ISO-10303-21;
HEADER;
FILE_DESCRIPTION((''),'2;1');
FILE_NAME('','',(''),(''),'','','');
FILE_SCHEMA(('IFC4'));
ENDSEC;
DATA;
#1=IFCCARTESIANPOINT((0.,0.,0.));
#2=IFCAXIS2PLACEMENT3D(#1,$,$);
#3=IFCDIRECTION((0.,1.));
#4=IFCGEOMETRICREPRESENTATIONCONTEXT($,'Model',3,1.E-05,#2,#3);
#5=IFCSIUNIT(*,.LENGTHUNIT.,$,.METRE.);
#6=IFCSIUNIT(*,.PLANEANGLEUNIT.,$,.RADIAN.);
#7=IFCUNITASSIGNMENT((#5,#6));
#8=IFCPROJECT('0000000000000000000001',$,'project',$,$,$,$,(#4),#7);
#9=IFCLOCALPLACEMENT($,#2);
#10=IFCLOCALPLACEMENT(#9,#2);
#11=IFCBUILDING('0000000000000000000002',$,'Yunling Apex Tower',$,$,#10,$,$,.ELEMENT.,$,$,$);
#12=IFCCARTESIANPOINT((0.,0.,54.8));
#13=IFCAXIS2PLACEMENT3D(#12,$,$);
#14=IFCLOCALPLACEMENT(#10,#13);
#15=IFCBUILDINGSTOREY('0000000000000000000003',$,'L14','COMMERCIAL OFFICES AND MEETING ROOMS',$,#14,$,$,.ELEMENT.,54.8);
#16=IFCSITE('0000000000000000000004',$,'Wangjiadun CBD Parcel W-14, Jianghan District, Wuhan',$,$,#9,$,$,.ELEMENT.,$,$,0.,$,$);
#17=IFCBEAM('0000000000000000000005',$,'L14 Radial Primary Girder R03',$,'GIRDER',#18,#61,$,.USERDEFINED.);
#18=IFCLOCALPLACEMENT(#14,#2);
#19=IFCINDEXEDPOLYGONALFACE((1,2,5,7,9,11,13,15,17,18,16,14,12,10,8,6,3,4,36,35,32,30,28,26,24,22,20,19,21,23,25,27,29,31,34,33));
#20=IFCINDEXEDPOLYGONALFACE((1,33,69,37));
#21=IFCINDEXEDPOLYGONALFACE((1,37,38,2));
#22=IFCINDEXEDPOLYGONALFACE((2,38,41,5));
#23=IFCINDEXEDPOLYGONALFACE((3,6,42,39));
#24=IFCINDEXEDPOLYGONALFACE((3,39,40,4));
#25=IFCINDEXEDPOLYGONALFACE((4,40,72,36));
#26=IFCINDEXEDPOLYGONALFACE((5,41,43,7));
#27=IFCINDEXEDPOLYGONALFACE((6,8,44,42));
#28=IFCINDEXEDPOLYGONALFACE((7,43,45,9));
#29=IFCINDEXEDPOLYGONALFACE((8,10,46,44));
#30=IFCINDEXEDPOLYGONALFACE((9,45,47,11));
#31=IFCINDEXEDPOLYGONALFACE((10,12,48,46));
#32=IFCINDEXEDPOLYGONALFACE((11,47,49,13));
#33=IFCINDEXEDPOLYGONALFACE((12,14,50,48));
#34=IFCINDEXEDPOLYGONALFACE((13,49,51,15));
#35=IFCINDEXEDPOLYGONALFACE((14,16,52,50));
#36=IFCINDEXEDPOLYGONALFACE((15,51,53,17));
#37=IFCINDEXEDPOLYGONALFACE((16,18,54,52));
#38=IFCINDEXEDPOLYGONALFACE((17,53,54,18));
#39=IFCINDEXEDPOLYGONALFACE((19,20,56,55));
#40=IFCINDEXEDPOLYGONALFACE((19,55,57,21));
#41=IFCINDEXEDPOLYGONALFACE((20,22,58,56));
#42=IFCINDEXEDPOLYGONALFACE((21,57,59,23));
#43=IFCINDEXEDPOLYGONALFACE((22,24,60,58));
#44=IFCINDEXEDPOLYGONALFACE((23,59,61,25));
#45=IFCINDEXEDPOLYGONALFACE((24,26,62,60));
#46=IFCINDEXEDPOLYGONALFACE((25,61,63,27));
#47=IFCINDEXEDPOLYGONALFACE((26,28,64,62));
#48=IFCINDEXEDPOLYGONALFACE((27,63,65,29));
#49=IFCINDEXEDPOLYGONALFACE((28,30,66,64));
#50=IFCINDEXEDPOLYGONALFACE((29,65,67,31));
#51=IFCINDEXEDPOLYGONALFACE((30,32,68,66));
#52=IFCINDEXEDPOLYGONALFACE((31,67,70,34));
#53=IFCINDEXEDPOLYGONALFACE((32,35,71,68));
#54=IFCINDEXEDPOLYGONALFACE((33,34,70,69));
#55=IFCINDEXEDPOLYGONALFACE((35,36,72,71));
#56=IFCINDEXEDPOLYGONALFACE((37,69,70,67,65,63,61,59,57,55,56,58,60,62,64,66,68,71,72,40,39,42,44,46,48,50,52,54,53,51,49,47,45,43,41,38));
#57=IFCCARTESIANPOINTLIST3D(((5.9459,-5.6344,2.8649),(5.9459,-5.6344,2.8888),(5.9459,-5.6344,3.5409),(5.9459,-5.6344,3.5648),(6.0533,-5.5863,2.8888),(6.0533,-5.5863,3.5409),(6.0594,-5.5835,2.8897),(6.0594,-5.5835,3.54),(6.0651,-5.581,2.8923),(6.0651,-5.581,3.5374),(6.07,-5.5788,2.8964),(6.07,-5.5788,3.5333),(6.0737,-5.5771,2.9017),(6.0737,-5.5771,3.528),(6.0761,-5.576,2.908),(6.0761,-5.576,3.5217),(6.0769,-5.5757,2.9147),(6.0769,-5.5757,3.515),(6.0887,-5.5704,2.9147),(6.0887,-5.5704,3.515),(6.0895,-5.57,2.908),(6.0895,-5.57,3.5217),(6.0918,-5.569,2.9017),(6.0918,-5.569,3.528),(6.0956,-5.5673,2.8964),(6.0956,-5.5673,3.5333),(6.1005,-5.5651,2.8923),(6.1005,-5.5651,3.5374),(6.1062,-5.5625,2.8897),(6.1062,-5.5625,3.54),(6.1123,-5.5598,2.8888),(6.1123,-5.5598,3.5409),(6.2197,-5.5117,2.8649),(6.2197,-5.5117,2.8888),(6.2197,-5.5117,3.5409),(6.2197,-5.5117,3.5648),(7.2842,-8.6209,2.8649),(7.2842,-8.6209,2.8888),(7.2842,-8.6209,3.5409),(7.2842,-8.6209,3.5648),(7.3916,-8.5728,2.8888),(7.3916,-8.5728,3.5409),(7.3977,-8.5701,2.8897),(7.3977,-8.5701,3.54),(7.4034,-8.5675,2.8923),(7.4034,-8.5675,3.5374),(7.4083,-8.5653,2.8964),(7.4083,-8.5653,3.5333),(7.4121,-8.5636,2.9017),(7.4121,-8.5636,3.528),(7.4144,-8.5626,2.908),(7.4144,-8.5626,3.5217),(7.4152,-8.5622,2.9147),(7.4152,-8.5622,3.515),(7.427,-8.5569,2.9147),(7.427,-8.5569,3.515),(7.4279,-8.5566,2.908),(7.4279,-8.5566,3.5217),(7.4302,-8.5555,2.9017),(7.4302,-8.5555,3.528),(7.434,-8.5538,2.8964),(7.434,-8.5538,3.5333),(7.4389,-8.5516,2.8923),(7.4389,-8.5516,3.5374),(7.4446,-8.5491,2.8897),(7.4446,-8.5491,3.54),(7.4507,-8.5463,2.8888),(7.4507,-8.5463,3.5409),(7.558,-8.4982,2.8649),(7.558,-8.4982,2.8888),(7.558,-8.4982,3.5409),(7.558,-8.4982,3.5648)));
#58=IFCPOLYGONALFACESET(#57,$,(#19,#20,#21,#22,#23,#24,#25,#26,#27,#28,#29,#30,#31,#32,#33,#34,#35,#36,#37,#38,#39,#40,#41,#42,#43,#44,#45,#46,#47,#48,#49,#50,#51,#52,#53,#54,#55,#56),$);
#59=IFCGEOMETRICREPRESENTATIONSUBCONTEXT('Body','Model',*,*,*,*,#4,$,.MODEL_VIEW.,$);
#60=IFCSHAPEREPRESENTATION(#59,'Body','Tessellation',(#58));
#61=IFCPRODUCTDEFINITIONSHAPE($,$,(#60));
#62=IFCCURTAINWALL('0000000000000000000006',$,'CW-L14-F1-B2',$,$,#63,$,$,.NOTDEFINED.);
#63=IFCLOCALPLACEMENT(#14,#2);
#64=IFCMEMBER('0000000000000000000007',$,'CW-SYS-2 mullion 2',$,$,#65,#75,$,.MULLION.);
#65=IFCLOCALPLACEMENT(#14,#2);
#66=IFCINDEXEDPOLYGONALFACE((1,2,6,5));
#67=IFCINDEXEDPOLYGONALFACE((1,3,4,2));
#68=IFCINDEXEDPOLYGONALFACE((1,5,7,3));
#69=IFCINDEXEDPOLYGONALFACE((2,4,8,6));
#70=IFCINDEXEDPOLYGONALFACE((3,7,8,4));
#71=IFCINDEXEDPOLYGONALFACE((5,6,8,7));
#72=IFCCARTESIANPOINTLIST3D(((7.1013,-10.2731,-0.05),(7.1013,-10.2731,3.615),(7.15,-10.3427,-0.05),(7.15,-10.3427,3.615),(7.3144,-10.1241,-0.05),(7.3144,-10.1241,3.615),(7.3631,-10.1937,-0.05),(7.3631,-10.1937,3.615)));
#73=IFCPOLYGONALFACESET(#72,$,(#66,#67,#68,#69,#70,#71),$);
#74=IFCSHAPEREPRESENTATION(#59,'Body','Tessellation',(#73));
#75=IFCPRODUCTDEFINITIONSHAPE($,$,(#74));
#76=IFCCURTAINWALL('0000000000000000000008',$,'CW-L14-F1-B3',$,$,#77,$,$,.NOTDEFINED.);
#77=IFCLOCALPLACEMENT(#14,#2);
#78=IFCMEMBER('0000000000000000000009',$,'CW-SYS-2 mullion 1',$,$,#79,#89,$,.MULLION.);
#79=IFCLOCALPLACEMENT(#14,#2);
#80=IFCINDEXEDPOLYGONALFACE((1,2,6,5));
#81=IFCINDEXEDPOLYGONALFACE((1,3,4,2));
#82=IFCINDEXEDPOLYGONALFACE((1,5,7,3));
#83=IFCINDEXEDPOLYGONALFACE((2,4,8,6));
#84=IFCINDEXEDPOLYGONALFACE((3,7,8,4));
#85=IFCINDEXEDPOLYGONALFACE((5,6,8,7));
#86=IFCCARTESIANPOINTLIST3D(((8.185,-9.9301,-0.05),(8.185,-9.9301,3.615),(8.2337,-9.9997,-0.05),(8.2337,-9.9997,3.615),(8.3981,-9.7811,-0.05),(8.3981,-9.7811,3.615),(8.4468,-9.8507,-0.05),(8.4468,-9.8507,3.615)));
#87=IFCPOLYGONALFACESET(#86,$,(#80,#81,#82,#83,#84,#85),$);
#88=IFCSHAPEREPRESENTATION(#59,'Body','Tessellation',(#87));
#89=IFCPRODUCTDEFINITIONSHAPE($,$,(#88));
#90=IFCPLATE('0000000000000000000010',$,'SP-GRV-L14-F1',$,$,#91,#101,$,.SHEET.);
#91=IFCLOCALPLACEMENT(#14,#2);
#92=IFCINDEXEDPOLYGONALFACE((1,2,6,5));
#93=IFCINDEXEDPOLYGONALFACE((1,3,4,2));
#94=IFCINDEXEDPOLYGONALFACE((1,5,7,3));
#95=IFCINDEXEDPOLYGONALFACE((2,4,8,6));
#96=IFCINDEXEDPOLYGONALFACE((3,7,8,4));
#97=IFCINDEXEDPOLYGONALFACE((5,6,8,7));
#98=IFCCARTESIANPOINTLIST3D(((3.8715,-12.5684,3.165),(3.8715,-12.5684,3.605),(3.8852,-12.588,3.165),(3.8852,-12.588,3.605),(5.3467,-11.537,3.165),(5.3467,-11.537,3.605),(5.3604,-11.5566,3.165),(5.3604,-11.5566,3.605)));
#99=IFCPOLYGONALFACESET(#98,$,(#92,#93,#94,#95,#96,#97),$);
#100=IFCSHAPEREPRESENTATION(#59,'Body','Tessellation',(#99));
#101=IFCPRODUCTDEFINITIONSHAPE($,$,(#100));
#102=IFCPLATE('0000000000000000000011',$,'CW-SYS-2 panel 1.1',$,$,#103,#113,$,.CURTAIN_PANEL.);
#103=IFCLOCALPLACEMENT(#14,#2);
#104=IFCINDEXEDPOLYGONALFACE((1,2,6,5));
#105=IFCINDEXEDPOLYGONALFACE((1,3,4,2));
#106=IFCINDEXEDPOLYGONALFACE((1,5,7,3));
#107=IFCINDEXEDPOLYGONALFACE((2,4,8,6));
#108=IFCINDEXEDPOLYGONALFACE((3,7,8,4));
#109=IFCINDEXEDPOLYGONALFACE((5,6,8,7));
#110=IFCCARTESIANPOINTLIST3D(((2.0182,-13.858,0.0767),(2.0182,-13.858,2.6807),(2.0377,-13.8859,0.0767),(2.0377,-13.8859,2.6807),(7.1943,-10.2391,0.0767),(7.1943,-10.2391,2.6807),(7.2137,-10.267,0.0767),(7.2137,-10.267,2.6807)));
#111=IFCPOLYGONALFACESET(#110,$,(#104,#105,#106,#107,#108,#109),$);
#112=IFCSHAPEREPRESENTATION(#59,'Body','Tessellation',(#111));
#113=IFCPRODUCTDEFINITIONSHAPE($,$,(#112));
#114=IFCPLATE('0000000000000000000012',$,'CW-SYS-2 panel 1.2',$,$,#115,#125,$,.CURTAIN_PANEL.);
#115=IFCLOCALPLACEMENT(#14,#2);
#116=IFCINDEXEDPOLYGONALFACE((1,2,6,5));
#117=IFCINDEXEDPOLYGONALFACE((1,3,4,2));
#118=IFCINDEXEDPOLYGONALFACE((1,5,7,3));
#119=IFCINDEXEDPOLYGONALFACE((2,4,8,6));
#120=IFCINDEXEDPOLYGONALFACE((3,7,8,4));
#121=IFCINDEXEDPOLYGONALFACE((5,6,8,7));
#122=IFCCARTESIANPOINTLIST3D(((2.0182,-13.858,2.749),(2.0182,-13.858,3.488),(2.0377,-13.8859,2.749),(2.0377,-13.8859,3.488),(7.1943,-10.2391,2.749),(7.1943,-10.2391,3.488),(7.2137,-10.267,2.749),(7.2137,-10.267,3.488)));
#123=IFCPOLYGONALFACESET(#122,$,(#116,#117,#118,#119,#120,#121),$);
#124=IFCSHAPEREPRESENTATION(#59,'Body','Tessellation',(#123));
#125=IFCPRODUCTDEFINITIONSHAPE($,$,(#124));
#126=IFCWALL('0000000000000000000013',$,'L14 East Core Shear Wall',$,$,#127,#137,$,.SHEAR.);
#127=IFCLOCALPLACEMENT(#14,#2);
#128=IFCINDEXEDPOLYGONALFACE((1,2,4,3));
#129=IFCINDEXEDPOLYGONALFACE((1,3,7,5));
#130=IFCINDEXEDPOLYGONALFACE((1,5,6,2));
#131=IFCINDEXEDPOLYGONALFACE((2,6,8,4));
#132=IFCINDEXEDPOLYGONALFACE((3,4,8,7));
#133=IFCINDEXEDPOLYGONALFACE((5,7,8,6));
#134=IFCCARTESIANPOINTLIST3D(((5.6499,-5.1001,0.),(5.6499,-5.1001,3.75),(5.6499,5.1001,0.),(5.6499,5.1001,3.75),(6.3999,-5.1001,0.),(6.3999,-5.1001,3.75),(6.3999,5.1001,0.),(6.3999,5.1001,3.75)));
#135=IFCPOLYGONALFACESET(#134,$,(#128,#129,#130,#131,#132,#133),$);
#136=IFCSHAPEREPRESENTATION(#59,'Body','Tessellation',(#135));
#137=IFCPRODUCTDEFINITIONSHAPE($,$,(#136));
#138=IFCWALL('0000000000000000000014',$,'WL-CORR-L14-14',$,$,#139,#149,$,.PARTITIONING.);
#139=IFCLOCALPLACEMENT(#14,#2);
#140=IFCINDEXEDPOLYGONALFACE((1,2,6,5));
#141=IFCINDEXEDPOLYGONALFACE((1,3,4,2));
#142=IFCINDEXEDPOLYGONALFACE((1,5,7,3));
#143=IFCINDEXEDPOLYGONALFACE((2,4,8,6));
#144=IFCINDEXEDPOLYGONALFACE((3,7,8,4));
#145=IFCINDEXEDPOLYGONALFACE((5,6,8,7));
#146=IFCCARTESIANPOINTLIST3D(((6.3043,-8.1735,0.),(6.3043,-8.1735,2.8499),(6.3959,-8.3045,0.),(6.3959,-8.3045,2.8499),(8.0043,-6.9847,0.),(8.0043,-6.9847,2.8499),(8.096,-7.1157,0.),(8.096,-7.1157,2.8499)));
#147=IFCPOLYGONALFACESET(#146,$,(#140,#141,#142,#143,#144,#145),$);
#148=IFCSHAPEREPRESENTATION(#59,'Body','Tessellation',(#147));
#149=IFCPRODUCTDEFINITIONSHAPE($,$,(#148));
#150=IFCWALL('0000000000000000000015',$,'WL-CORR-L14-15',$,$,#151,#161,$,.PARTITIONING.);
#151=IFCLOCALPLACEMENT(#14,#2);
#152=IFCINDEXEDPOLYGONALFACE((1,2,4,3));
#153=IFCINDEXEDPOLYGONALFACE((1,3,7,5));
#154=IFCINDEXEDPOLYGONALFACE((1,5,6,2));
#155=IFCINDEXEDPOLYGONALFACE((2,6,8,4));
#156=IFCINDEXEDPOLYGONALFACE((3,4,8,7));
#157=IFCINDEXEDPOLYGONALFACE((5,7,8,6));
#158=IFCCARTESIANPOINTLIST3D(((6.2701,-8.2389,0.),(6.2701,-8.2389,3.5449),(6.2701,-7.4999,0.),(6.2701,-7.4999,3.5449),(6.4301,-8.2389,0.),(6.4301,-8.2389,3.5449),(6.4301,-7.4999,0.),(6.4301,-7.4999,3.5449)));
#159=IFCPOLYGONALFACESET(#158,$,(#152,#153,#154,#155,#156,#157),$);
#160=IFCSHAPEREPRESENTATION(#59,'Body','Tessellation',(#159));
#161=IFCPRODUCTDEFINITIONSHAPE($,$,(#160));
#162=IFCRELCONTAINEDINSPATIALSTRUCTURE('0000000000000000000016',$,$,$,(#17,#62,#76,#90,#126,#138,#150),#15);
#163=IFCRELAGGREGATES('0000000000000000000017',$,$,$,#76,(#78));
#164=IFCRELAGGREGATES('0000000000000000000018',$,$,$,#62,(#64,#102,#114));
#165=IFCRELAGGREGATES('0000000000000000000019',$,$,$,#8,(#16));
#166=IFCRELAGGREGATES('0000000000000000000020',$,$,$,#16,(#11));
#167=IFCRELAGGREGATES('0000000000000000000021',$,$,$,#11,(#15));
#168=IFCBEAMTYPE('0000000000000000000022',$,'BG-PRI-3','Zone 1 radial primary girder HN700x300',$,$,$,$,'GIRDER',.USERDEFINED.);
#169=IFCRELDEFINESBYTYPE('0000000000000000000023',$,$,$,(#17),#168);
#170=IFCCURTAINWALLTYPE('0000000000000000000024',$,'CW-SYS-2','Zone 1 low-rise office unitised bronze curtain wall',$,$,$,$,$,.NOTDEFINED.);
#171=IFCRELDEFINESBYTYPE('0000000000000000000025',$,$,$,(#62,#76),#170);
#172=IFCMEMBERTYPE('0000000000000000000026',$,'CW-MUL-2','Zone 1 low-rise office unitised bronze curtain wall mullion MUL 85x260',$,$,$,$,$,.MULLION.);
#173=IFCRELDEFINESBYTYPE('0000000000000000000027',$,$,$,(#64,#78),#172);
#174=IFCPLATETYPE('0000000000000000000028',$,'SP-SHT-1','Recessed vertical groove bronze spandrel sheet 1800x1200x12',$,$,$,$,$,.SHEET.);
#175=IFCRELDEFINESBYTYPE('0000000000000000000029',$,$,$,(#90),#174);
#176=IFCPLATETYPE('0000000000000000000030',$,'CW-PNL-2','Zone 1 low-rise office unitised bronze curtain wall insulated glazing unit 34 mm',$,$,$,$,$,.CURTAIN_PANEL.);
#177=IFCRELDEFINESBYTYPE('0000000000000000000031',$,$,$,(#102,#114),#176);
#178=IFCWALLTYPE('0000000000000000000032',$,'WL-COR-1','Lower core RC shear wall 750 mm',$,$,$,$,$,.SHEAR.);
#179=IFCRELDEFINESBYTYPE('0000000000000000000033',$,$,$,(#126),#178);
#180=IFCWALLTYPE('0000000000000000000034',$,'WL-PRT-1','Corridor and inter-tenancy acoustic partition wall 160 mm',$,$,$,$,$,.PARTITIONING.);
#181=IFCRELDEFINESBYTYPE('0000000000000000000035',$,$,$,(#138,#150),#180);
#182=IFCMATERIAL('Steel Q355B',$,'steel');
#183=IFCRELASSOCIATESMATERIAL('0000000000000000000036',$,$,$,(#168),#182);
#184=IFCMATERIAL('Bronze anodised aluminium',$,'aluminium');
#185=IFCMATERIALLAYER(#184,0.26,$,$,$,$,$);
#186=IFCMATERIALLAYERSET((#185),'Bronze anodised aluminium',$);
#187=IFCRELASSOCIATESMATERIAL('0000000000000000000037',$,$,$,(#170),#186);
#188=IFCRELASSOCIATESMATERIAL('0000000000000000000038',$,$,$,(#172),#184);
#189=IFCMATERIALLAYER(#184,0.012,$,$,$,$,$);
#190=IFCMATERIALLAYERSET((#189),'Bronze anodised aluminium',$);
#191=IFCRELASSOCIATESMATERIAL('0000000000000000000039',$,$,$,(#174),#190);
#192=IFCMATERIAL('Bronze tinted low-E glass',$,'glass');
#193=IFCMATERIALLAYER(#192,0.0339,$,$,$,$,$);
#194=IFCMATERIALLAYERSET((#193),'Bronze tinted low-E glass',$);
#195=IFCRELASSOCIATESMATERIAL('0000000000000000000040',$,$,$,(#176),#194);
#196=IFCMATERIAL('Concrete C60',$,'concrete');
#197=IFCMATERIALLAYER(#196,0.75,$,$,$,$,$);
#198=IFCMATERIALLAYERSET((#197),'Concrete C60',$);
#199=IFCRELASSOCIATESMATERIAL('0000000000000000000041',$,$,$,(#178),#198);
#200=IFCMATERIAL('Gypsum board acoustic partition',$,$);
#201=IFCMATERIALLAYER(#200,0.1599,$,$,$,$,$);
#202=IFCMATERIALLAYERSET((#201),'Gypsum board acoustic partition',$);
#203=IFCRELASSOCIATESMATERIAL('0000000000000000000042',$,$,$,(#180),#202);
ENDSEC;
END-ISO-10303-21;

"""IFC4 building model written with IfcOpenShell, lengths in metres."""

from ifc_helpers import new_model, si_unit, direction, frame, frame_2d, origin, origin_2d, place, context, subcontext, project, spatial, rectangle, i_section, extrude, source, transform, mapped, material, layer, layer_set, material_profile, profile_set, type_object, element, aggregate, save


model = new_model("IFC4")

# Units and contexts
model_context = context("Model", 3, precision=1e-05, world=origin(), true_north=direction((0.0, 1.0)))
body_context = subcontext(model_context, "Body", "Model", "MODEL_VIEW")
ifc_project = project(units=[si_unit("LENGTHUNIT", "METRE"), si_unit("PLANEANGLEUNIT", "RADIAN")], contexts=[model_context])

# Site, building, storey
site_placement = place(None, origin())
site = spatial("IfcSite", under=ifc_project, at=site_placement, Name="Wangjiadun CBD Parcel W-14, Jianghan District, Wuhan", CompositionType="ELEMENT", RefElevation=0.0)
building_placement = place(site_placement, origin())
building = spatial("IfcBuilding", under=site, at=building_placement, Name="Yunling Apex Tower", CompositionType="ELEMENT")
storey_placement = place(building_placement, frame((0.0, 0.0, 54.8)))
storey = spatial("IfcBuildingStorey", under=building, at=storey_placement, Name="L14", Description="COMMERCIAL OFFICES AND MEETING ROOMS", CompositionType="ELEMENT", Elevation=54.8)

# Shared definitions
ifc_material_1 = material(Name="Concrete C60", Category="concrete")

# Beam
ifc_material_2 = material(Name="Steel Q355B", Category="steel")
ifc_material_profile_1 = material_profile(ifc_material_2, i_section(OverallWidth=0.3, OverallDepth=0.7, WebThickness=0.0129, FlangeThickness=0.0239, FilletRadius=0.0259, at=origin_2d()))
ifc_profile_set_1 = profile_set([ifc_material_profile_1], Name="Steel Q355B")
beam_type = type_object("IfcBeamType", Name="BG-PRI-3", Description="Zone 1 radial primary girder HN700x300", ElementType="GIRDER", PredefinedType="USERDEFINED", material=ifc_profile_set_1)
shared_shape_1 = source(origin(), body_context, "Body", "SweptSolid", [
    extrude(i_section(OverallWidth=0.3, OverallDepth=0.7, WebThickness=0.0129, FlangeThickness=0.0239, FilletRadius=0.0259, at=origin_2d()), origin(), (0.0, 0.0, 1.0), 3.2727),
])
beam_1_placement = place(storey_placement, frame((7.4211, -8.5596, 3.2148), z_axis=(-0.408947, 0.912558, 0.0), x_axis=(-0.912558, -0.408947, 0.0)))
element("IfcBeam", 1, at=beam_1_placement, inside=storey, type_object=beam_type, Name="L14 Radial Primary Girder R03", ObjectType="GIRDER", PredefinedType="USERDEFINED", context=body_context, shape_type="MappedRepresentation", body=[
    mapped(shared_shape_1, transform((0.0, 0.0, 0.0), scale=1.0)),
])

# Curtain walls, members
ifc_material_3 = material(Name="Bronze anodised aluminium", Category="aluminium")
ifc_layer_1 = layer(ifc_material_3, 0.26)
ifc_layer_set_1 = layer_set([ifc_layer_1], Name="Bronze anodised aluminium")
curtain_wall_type = type_object("IfcCurtainWallType", Name="CW-SYS-2", Description="Zone 1 low-rise office unitised bronze curtain wall", PredefinedType="NOTDEFINED", material=ifc_layer_set_1)
curtain_wall_1_placement = place(storey_placement, origin())
curtain_wall_1 = element("IfcCurtainWall", 2, at=curtain_wall_1_placement, inside=storey, type_object=curtain_wall_type, Name="CW-L14-F1-B2", PredefinedType="NOTDEFINED")
ifc_material_profile_2 = material_profile(ifc_material_3, rectangle(XDim=0.085, YDim=0.26, at=origin_2d()))
ifc_profile_set_2 = profile_set([ifc_material_profile_2], Name="Bronze anodised aluminium")
member_type = type_object("IfcMemberType", Name="CW-MUL-2", Description="Zone 1 low-rise office unitised bronze curtain wall mullion MUL 85x260", PredefinedType="MULLION", material=ifc_profile_set_2)
shared_shape_2 = source(origin(), body_context, "Body", "SweptSolid", [
    extrude(rectangle(XDim=0.085, YDim=0.26, at=origin_2d()), origin(), (0.0, 0.0, 1.0), 3.665),
])
member_1_placement = place(storey_placement, frame((7.2322, -10.2334, -0.05), z_axis=(0.0, 0.0, 1.0), x_axis=(-0.573003, 0.819553, 0.0)))
member_1 = element("IfcMember", 3, at=member_1_placement, type_object=member_type, Name="CW-SYS-2 mullion 2", PredefinedType="MULLION", context=body_context, shape_type="MappedRepresentation", body=[
    mapped(shared_shape_2, transform((0.0, 0.0, 0.0), scale=1.0)),
])
curtain_wall_2_placement = place(storey_placement, origin())
curtain_wall_2 = element("IfcCurtainWall", 4, at=curtain_wall_2_placement, inside=storey, type_object=curtain_wall_type, Name="CW-L14-F1-B3", PredefinedType="NOTDEFINED")
member_2_placement = place(storey_placement, frame((8.3159, -9.8904, -0.05), z_axis=(0.0, 0.0, 1.0), x_axis=(-0.572996, 0.819558, 0.0)))
member_2 = element("IfcMember", 5, at=member_2_placement, type_object=member_type, Name="CW-SYS-2 mullion 1", PredefinedType="MULLION", context=body_context, shape_type="MappedRepresentation", body=[
    mapped(shared_shape_2, transform((0.0, 0.0, 0.0), scale=1.0)),
])
aggregate(curtain_wall_2, [member_2])

# Plates
ifc_layer_2 = layer(ifc_material_3, 0.012)
ifc_layer_set_2 = layer_set([ifc_layer_2], Name="Bronze anodised aluminium")
plate_type_1 = type_object("IfcPlateType", Name="SP-SHT-1", Description="Recessed vertical groove bronze spandrel sheet 1800x1200x12", PredefinedType="SHEET", material=ifc_layer_set_2)
shared_shape_3 = source(origin(), body_context, "Body", "SweptSolid", [
    extrude(rectangle(XDim=1.8, YDim=0.0239, at=origin_2d()), origin(), (0.0, 0.0, 1.0), 0.4399),
])
plate_1_placement = place(storey_placement, frame((4.616, -12.0625, 3.165), z_axis=(0.0, 0.0, 1.0), x_axis=(0.819552, 0.573004, 0.0)))
element("IfcPlate", 6, at=plate_1_placement, inside=storey, type_object=plate_type_1, Name="SP-GRV-L14-F1", PredefinedType="SHEET", context=body_context, shape_type="MappedRepresentation", body=[
    mapped(shared_shape_3, transform((0.0, 0.0, 0.0), scale=1.0)),
])
ifc_material_4 = material(Name="Bronze tinted low-E glass", Category="glass")
ifc_layer_3 = layer(ifc_material_4, 0.0339)
ifc_layer_set_3 = layer_set([ifc_layer_3], Name="Bronze tinted low-E glass")
plate_type_2 = type_object("IfcPlateType", Name="CW-PNL-2", Description="Zone 1 low-rise office unitised bronze curtain wall insulated glazing unit 34 mm", PredefinedType="CURTAIN_PANEL", material=ifc_layer_set_3)
shared_shape_4 = source(origin(), body_context, "Body", "SweptSolid", [
    extrude(rectangle(XDim=6.3157, YDim=0.0339, at=origin_2d()), origin(), (0.0, 0.0, 1.0), 2.604),
])
plate_2_placement = place(storey_placement, frame((4.616, -12.0625, 0.0767), z_axis=(0.0, 0.0, 1.0), x_axis=(0.819553, 0.573003, 0.0)))
plate_2 = element("IfcPlate", 7, at=plate_2_placement, type_object=plate_type_2, Name="CW-SYS-2 panel 1.1", PredefinedType="CURTAIN_PANEL", context=body_context, shape_type="MappedRepresentation", body=[
    mapped(shared_shape_4, transform((0.0, 0.0, 0.0), scale=1.0)),
])
shared_shape_5 = source(origin(), body_context, "Body", "SweptSolid", [
    extrude(rectangle(XDim=6.3157, YDim=0.0339, at=origin_2d()), origin(), (0.0, 0.0, 1.0), 0.739),
])
plate_3_placement = place(storey_placement, frame((4.616, -12.0625, 2.749), z_axis=(0.0, 0.0, 1.0), x_axis=(0.819553, 0.573003, 0.0)))
plate_3 = element("IfcPlate", 8, at=plate_3_placement, type_object=plate_type_2, Name="CW-SYS-2 panel 1.2", PredefinedType="CURTAIN_PANEL", context=body_context, shape_type="MappedRepresentation", body=[
    mapped(shared_shape_5, transform((0.0, 0.0, 0.0), scale=1.0)),
])
aggregate(curtain_wall_1, [member_1, plate_2, plate_3])

# Walls
ifc_layer_4 = layer(ifc_material_1, 0.75)
ifc_layer_set_4 = layer_set([ifc_layer_4], Name="Concrete C60")
wall_type_1 = type_object("IfcWallType", Name="WL-COR-1", Description="Lower core RC shear wall 750 mm", PredefinedType="SHEAR", material=ifc_layer_set_4)
wall_1_placement = place(storey_placement, frame((6.0249, -5.1001, 0.0), z_axis=(0.0, 0.0, 1.0), x_axis=(0.0, 1.0, 0.0)))
element("IfcWall", 9, at=wall_1_placement, inside=storey, type_object=wall_type_1, Name="L14 East Core Shear Wall", PredefinedType="SHEAR", context=body_context, shape_type="SweptSolid", body=[
    extrude(rectangle(XDim=10.2002, YDim=0.75, at=frame_2d((5.1001, 0.0))), origin(), (0.0, 0.0, 1.0), 3.75),
])
ifc_material_5 = material(Name="Gypsum board acoustic partition")
ifc_layer_5 = layer(ifc_material_5, 0.1599)
ifc_layer_set_5 = layer_set([ifc_layer_5], Name="Gypsum board acoustic partition")
wall_type_2 = type_object("IfcWallType", Name="WL-PRT-1", Description="Corridor and inter-tenancy acoustic partition wall 160 mm", PredefinedType="PARTITIONING", material=ifc_layer_set_5)
wall_2_placement = place(storey_placement, frame((8.05, -7.0503, 0.0), z_axis=(0.0, 0.0, 1.0), x_axis=(-0.819514, -0.573059, 0.0)))
element("IfcWall", 10, at=wall_2_placement, inside=storey, type_object=wall_type_2, Name="WL-CORR-L14-14", PredefinedType="PARTITIONING", context=body_context, shape_type="SweptSolid", body=[
    extrude(rectangle(XDim=2.0745, YDim=0.1599, at=frame_2d((1.0371, 0.0))), origin(), (0.0, 0.0, 1.0), 2.8499),
])
wall_3_placement = place(storey_placement, frame((6.3501, -8.239, 0.0), z_axis=(0.0, 0.0, 1.0), x_axis=(0.0, 1.0, 0.0)))
element("IfcWall", 11, at=wall_3_placement, inside=storey, type_object=wall_type_2, Name="WL-CORR-L14-15", PredefinedType="PARTITIONING", context=body_context, shape_type="SweptSolid", body=[
    extrude(rectangle(XDim=0.739, YDim=0.1599, at=frame_2d((0.3696, 0.0))), origin(), (0.0, 0.0, 1.0), 3.5449),
])

save(model, "model.ifc")
